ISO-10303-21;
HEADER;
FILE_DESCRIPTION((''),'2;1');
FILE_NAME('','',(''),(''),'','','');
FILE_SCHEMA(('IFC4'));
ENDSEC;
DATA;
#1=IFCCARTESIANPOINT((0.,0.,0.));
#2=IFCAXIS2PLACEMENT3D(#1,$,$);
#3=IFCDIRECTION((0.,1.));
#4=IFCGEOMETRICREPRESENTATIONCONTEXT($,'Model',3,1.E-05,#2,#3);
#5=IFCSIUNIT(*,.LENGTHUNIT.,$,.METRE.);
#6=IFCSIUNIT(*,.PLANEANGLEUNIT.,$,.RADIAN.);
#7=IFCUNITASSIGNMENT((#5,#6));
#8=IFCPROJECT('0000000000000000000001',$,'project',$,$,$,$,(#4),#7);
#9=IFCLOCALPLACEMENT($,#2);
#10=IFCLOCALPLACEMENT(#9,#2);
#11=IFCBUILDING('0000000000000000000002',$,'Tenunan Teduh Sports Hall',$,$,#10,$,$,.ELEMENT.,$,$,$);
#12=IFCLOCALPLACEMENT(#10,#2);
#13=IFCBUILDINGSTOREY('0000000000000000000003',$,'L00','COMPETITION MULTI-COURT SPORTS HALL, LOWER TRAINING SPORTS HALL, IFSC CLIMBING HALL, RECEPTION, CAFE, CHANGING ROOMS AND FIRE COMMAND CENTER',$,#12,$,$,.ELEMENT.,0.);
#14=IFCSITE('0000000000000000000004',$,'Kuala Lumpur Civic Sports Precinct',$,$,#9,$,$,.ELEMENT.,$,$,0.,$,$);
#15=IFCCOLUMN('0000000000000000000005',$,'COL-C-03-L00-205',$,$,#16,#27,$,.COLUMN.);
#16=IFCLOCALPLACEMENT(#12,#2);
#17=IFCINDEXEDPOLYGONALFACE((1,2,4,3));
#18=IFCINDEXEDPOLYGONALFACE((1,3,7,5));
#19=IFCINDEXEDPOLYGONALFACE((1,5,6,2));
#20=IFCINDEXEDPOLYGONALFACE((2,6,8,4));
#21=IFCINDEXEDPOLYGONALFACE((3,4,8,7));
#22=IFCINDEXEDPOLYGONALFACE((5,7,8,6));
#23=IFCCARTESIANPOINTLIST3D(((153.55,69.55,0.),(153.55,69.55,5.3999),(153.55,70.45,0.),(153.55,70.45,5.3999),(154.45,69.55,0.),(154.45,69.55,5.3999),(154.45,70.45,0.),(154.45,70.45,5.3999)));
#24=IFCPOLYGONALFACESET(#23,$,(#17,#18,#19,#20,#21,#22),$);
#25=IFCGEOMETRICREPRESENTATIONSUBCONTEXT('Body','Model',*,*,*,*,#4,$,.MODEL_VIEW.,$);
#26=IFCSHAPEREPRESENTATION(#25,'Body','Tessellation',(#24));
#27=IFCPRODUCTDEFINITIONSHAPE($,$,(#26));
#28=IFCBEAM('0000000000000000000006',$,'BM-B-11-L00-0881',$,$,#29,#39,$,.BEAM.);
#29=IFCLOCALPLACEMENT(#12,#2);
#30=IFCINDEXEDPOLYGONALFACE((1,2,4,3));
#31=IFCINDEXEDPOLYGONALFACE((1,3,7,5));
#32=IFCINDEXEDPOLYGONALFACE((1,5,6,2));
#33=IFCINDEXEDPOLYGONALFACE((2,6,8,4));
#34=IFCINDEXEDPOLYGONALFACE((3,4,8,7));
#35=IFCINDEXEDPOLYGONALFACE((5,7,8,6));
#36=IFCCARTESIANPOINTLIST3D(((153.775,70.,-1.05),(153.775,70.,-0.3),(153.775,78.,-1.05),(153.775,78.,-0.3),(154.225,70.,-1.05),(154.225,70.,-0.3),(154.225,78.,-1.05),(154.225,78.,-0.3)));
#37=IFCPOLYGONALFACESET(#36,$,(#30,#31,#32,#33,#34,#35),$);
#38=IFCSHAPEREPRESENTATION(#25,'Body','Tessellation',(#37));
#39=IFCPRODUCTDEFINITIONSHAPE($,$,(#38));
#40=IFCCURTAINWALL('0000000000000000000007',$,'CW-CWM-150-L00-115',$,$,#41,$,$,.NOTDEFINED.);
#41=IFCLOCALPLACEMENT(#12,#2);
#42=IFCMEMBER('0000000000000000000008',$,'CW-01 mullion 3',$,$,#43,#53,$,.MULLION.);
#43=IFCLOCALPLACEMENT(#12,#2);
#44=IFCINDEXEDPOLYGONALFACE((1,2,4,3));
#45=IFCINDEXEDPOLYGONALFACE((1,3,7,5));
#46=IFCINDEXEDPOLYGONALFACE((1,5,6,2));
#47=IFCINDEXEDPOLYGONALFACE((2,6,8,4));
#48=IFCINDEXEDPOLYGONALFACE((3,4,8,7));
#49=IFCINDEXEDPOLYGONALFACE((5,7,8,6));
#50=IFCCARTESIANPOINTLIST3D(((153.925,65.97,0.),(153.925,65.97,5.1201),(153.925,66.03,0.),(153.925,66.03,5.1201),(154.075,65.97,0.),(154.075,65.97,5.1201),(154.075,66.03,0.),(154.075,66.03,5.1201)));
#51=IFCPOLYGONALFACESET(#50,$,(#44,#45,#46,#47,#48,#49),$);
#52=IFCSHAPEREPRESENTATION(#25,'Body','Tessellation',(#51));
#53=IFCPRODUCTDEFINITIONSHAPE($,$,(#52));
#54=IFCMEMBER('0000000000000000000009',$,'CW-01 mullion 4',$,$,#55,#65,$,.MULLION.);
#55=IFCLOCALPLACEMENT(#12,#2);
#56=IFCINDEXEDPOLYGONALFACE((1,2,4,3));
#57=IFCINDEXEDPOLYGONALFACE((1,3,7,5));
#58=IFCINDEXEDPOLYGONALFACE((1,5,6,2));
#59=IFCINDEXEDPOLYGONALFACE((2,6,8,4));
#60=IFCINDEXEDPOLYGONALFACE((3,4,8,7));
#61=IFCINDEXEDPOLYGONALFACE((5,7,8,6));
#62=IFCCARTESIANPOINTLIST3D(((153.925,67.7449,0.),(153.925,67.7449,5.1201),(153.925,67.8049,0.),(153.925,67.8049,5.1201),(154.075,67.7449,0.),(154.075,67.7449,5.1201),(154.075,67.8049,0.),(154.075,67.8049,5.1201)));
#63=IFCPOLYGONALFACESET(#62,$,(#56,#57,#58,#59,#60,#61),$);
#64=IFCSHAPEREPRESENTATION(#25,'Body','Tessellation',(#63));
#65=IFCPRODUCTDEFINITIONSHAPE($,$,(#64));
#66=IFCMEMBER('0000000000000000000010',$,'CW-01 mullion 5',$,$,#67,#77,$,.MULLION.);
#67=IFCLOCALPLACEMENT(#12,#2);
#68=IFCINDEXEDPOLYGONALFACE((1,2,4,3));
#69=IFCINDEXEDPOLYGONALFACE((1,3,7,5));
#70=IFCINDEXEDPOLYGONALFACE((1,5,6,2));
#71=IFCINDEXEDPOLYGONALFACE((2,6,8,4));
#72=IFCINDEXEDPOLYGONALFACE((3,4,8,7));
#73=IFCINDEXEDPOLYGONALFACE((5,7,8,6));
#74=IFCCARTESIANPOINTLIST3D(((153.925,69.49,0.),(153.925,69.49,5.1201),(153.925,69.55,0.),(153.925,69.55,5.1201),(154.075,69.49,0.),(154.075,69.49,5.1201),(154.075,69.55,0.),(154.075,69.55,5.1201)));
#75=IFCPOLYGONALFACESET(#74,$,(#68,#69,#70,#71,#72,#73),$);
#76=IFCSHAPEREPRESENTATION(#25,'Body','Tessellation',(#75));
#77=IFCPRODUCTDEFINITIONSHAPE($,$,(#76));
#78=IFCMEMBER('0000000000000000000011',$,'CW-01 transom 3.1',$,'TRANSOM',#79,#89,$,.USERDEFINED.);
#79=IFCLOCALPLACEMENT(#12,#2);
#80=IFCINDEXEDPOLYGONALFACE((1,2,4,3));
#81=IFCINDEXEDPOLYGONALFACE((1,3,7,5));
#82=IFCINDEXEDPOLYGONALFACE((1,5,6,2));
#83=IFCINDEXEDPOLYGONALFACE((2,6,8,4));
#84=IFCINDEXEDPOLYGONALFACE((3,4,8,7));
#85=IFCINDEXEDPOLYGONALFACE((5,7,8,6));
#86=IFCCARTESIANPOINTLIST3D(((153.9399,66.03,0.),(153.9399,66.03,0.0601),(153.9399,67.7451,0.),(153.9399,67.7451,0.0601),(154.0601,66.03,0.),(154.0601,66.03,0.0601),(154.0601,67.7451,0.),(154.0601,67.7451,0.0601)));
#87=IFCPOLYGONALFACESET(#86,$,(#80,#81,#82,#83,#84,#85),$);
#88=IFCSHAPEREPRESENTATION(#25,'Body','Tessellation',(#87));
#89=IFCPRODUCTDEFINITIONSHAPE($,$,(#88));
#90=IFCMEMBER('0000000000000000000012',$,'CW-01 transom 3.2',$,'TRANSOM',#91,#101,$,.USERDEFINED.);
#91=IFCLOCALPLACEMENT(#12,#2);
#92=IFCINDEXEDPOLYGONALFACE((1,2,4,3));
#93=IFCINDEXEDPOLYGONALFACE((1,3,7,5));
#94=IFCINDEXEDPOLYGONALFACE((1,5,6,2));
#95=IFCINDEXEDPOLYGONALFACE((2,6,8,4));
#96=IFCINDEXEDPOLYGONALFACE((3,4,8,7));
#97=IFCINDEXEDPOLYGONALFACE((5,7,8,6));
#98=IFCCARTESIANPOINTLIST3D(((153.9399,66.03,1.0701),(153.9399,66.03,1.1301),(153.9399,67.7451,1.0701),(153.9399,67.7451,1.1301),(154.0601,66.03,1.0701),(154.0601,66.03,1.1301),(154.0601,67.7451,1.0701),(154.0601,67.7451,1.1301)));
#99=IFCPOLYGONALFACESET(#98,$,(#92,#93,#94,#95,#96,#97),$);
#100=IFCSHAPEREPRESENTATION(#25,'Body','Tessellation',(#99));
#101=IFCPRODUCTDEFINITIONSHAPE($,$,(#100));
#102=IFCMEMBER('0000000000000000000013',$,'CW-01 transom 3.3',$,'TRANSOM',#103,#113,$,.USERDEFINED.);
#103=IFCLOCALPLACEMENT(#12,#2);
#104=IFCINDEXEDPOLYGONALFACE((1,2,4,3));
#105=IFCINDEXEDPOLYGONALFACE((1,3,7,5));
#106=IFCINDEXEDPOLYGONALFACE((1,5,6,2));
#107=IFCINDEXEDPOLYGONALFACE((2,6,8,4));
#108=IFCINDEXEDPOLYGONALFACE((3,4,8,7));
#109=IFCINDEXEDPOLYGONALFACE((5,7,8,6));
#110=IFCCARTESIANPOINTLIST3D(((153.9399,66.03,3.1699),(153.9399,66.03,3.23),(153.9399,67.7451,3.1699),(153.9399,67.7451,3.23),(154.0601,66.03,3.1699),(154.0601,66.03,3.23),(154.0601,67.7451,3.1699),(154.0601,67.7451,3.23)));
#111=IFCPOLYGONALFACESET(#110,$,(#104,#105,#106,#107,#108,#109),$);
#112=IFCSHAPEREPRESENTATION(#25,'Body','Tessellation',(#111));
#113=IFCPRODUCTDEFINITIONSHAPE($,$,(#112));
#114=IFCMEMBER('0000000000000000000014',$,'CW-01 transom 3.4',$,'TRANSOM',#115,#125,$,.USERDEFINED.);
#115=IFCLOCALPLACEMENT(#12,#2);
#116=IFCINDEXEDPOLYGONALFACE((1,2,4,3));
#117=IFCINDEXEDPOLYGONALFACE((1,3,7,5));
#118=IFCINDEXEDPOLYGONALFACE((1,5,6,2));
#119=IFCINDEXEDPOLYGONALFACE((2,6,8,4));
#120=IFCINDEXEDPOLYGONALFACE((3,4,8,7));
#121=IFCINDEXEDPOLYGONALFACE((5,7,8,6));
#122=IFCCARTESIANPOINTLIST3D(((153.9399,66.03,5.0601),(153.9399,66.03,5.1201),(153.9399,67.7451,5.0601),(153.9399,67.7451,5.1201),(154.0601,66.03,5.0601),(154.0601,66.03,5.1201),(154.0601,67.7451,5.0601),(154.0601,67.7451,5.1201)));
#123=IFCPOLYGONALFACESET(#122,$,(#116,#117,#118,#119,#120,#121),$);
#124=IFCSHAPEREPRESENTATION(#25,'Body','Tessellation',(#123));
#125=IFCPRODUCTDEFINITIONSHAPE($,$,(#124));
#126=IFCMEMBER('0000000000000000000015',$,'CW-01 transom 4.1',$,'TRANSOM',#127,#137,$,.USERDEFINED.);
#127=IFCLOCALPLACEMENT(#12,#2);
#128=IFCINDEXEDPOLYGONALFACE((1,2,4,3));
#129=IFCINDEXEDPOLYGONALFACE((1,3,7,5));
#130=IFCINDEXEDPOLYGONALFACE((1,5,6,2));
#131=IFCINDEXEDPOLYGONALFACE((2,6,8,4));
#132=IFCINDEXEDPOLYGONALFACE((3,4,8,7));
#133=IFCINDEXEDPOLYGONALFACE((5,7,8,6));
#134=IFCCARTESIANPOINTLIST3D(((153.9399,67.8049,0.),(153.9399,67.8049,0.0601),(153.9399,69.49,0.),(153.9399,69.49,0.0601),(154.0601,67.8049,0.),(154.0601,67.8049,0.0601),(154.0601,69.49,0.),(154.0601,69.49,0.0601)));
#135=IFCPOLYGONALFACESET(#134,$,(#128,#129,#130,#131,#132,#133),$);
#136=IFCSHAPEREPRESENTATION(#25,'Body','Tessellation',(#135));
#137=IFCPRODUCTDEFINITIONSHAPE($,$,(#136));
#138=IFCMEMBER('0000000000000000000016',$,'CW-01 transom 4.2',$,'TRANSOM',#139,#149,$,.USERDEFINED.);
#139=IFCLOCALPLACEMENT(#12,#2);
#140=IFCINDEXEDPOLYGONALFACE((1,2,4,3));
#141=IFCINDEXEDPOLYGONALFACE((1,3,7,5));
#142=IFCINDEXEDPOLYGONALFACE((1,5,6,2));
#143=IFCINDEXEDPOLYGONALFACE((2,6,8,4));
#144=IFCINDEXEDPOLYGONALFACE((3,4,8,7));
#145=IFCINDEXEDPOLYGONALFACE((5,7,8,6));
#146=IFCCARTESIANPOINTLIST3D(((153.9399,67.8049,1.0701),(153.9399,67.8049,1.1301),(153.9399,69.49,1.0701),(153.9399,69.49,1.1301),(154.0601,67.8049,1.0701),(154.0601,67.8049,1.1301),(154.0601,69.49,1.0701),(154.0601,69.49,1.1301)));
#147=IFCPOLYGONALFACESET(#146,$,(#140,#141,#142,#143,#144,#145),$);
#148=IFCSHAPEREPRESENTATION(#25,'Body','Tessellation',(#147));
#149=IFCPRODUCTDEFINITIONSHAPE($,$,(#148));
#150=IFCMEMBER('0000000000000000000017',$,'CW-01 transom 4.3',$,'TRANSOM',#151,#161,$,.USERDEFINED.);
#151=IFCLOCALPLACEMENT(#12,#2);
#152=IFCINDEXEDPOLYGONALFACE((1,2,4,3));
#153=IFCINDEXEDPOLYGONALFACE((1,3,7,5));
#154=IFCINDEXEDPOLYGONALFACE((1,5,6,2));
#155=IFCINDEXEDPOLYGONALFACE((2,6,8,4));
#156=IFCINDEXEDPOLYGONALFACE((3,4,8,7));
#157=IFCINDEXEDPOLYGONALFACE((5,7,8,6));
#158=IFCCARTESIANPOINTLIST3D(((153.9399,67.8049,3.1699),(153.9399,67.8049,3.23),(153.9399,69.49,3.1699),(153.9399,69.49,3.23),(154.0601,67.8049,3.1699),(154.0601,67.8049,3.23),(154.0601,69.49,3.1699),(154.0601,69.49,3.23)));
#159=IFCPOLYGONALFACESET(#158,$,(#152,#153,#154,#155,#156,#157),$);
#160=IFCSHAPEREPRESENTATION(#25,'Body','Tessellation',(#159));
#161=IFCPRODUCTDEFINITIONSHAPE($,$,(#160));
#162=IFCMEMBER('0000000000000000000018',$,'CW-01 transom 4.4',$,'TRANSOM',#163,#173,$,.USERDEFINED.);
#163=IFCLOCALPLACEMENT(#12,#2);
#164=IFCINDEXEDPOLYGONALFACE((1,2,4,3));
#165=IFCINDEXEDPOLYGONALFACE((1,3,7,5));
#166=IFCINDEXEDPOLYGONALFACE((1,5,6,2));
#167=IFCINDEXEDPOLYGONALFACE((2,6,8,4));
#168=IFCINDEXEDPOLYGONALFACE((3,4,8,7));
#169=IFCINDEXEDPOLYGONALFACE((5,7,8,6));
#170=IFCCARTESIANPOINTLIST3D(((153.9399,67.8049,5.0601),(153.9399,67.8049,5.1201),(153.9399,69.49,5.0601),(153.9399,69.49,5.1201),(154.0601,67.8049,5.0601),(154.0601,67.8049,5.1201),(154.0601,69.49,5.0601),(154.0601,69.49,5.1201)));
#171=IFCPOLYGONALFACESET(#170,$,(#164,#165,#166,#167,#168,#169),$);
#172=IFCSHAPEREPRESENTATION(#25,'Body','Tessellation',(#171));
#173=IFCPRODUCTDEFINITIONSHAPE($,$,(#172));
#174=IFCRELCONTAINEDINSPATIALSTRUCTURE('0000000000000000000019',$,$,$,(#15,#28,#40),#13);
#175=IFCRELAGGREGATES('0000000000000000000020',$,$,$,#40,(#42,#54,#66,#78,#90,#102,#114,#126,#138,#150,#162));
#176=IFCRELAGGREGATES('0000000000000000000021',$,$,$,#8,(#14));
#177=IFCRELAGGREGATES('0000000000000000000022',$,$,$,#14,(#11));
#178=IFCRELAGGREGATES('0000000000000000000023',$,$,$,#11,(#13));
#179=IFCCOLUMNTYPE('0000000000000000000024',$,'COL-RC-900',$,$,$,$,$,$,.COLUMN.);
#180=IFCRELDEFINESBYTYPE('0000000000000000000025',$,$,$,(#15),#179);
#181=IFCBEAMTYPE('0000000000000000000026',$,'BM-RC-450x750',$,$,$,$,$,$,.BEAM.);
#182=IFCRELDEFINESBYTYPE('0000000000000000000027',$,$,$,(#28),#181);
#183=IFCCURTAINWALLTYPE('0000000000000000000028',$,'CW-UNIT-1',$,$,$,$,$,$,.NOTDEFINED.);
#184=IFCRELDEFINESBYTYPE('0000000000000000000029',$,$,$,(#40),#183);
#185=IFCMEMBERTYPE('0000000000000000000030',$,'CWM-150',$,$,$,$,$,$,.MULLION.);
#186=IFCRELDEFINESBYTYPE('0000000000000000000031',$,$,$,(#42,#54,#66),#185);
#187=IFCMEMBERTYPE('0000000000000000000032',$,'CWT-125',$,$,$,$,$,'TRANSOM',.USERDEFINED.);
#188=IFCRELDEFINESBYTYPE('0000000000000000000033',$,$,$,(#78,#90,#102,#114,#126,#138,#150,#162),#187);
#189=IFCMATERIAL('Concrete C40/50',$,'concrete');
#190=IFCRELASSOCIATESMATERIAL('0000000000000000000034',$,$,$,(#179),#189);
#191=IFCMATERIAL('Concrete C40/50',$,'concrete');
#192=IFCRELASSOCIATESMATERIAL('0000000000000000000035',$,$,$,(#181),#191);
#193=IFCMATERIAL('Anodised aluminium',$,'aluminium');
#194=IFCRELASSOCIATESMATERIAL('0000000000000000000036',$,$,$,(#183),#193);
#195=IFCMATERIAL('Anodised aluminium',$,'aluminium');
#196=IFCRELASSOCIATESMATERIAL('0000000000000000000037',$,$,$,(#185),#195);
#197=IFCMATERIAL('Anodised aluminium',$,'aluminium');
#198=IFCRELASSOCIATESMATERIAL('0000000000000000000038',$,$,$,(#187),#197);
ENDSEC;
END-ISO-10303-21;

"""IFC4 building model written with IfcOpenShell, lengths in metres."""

from ifc_helpers import new_model, si_unit, direction, frame, origin, origin_2d, place, context, subcontext, project, spatial, rectangle, extrude, material, material_profile, profile_set, type_object, element, aggregate, save


model = new_model("IFC4")

# Units and contexts
model_context = context("Model", 3, precision=1e-05, world=origin(), true_north=direction((0.0, 1.0)))
body_context = subcontext(model_context, "Body", "Model", "MODEL_VIEW")
ifc_project = project(units=[si_unit("LENGTHUNIT", "METRE"), si_unit("PLANEANGLEUNIT", "RADIAN")], contexts=[model_context])

# Site, building, storey
site_placement = place(None, origin())
site = spatial("IfcSite", under=ifc_project, at=site_placement, Name="Kuala Lumpur Civic Sports Precinct", CompositionType="ELEMENT", RefElevation=0.0)
building_placement = place(site_placement, origin())
building = spatial("IfcBuilding", under=site, at=building_placement, Name="Tenunan Teduh Sports Hall", CompositionType="ELEMENT")
storey_placement = place(building_placement, origin())
storey = spatial("IfcBuildingStorey", under=building, at=storey_placement, Name="L00", Description="COMPETITION MULTI-COURT SPORTS HALL, LOWER TRAINING SPORTS HALL, IFSC CLIMBING HALL, RECEPTION, CAFE, CHANGING ROOMS AND FIRE COMMAND CENTER", CompositionType="ELEMENT", Elevation=0.0)

# Column
ifc_material_1 = material(Name="Concrete C40/50", Category="concrete")
ifc_material_profile_1 = material_profile(ifc_material_1, rectangle(XDim=0.8999, YDim=0.8999, at=origin_2d()), Name="RC 900x900")
ifc_profile_set_1 = profile_set([ifc_material_profile_1], Name="Concrete C40/50")
column_type = type_object("IfcColumnType", Name="COL-RC-900", PredefinedType="COLUMN", material=ifc_profile_set_1)
column_placement = place(storey_placement, frame((154.0, 70.0, 0.0), z_axis=(0.0, 0.0, 1.0), x_axis=(1.0, 0.0, 0.0)))
element("IfcColumn", 1, at=column_placement, inside=storey, type_object=column_type, Name="COL-C-03-L00-205", PredefinedType="COLUMN", context=body_context, shape_type="SweptSolid", body=[
    extrude(rectangle(XDim=0.8999, YDim=0.8999, at=origin_2d()), origin(), (0.0, 0.0, 1.0), 5.3999),
])

# Beam
ifc_material_2 = material(Name="Concrete C40/50", Category="concrete")
ifc_material_profile_2 = material_profile(ifc_material_2, rectangle(XDim=0.45, YDim=0.75, at=origin_2d()), Name="RCB 450x750")
ifc_profile_set_2 = profile_set([ifc_material_profile_2], Name="Concrete C40/50")
beam_type = type_object("IfcBeamType", Name="BM-RC-450x750", PredefinedType="BEAM", material=ifc_profile_set_2)
beam_placement = place(storey_placement, frame((154.0, 70.0, -0.675), z_axis=(0.0, 1.0, 0.0), x_axis=(-1.0, 0.0, 0.0)))
element("IfcBeam", 2, at=beam_placement, inside=storey, type_object=beam_type, Name="BM-B-11-L00-0881", PredefinedType="BEAM", context=body_context, shape_type="SweptSolid", body=[
    extrude(rectangle(XDim=0.45, YDim=0.75, at=origin_2d()), origin(), (0.0, 0.0, 1.0), 8.0),
])

# Curtain wall, members
ifc_material_3 = material(Name="Anodised aluminium", Category="aluminium")
curtain_wall_type = type_object("IfcCurtainWallType", Name="CW-UNIT-1", PredefinedType="NOTDEFINED", material=ifc_material_3)
curtain_wall_placement = place(storey_placement, origin())
curtain_wall = element("IfcCurtainWall", 3, at=curtain_wall_placement, inside=storey, type_object=curtain_wall_type, Name="CW-CWM-150-L00-115", PredefinedType="NOTDEFINED")
ifc_material_4 = material(Name="Anodised aluminium", Category="aluminium")
ifc_material_profile_3 = material_profile(ifc_material_4, rectangle(XDim=0.0601, YDim=0.1499, at=origin_2d()), Name="CWM 60x150")
ifc_profile_set_3 = profile_set([ifc_material_profile_3], Name="Anodised aluminium")
member_type_1 = type_object("IfcMemberType", Name="CWM-150", PredefinedType="MULLION", material=ifc_profile_set_3)
member_1_placement = place(storey_placement, frame((154.0, 66.0, 0.0), z_axis=(0.0, 0.0, 1.0), x_axis=(0.0, 1.0, 0.0)))
member_1 = element("IfcMember", 4, at=member_1_placement, type_object=member_type_1, Name="CW-01 mullion 3", PredefinedType="MULLION", context=body_context, shape_type="SweptSolid", body=[
    extrude(rectangle(XDim=0.0601, YDim=0.1499, at=origin_2d()), origin(), (0.0, 0.0, 1.0), 5.1201),
])
member_2_placement = place(storey_placement, frame((154.0, 67.7749, 0.0), z_axis=(0.0, 0.0, 1.0), x_axis=(0.0, 1.0, 0.0)))
member_2 = element("IfcMember", 5, at=member_2_placement, type_object=member_type_1, Name="CW-01 mullion 4", PredefinedType="MULLION", context=body_context, shape_type="SweptSolid", body=[
    extrude(rectangle(XDim=0.0601, YDim=0.1499, at=origin_2d()), origin(), (0.0, 0.0, 1.0), 5.1201),
])
member_3_placement = place(storey_placement, frame((154.0, 69.52, 0.0), z_axis=(0.0, 0.0, 1.0), x_axis=(0.0, 1.0, 0.0)))
member_3 = element("IfcMember", 6, at=member_3_placement, type_object=member_type_1, Name="CW-01 mullion 5", PredefinedType="MULLION", context=body_context, shape_type="SweptSolid", body=[
    extrude(rectangle(XDim=0.0601, YDim=0.1499, at=origin_2d()), origin(), (0.0, 0.0, 1.0), 5.1201),
])
ifc_material_5 = material(Name="Anodised aluminium", Category="aluminium")
ifc_material_profile_4 = material_profile(ifc_material_5, rectangle(XDim=0.0601, YDim=0.1201, at=origin_2d()), Name="CWT 60x120")
ifc_profile_set_4 = profile_set([ifc_material_profile_4], Name="Anodised aluminium")
member_type_2 = type_object("IfcMemberType", Name="CWT-125", ElementType="TRANSOM", PredefinedType="USERDEFINED", material=ifc_profile_set_4)
member_4_placement = place(storey_placement, frame((154.0, 66.03, 0.03), z_axis=(0.0, 1.0, 0.0), x_axis=(0.0, 0.0, 1.0)))
member_4 = element("IfcMember", 7, at=member_4_placement, type_object=member_type_2, Name="CW-01 transom 3.1", ObjectType="TRANSOM", PredefinedType="USERDEFINED", context=body_context, shape_type="SweptSolid", body=[
    extrude(rectangle(XDim=0.0601, YDim=0.1201, at=origin_2d()), origin(), (0.0, 0.0, 1.0), 1.7151),
])
member_5_placement = place(storey_placement, frame((154.0, 66.03, 1.1001), z_axis=(0.0, 1.0, 0.0), x_axis=(0.0, 0.0, 1.0)))
member_5 = element("IfcMember", 8, at=member_5_placement, type_object=member_type_2, Name="CW-01 transom 3.2", ObjectType="TRANSOM", PredefinedType="USERDEFINED", context=body_context, shape_type="SweptSolid", body=[
    extrude(rectangle(XDim=0.0601, YDim=0.1201, at=origin_2d()), origin(), (0.0, 0.0, 1.0), 1.7151),
])
member_6_placement = place(storey_placement, frame((154.0, 66.03, 3.2), z_axis=(0.0, 1.0, 0.0), x_axis=(0.0, 0.0, 1.0)))
member_6 = element("IfcMember", 9, at=member_6_placement, type_object=member_type_2, Name="CW-01 transom 3.3", ObjectType="TRANSOM", PredefinedType="USERDEFINED", context=body_context, shape_type="SweptSolid", body=[
    extrude(rectangle(XDim=0.0601, YDim=0.1201, at=origin_2d()), origin(), (0.0, 0.0, 1.0), 1.7151),
])
member_7_placement = place(storey_placement, frame((154.0, 66.03, 5.0901), z_axis=(0.0, 1.0, 0.0), x_axis=(0.0, 0.0, 1.0)))
member_7 = element("IfcMember", 10, at=member_7_placement, type_object=member_type_2, Name="CW-01 transom 3.4", ObjectType="TRANSOM", PredefinedType="USERDEFINED", context=body_context, shape_type="SweptSolid", body=[
    extrude(rectangle(XDim=0.0601, YDim=0.1201, at=origin_2d()), origin(), (0.0, 0.0, 1.0), 1.7151),
])
member_8_placement = place(storey_placement, frame((154.0, 67.8049, 0.03), z_axis=(0.0, 1.0, 0.0), x_axis=(0.0, 0.0, 1.0)))
member_8 = element("IfcMember", 11, at=member_8_placement, type_object=member_type_2, Name="CW-01 transom 4.1", ObjectType="TRANSOM", PredefinedType="USERDEFINED", context=body_context, shape_type="SweptSolid", body=[
    extrude(rectangle(XDim=0.0601, YDim=0.1201, at=origin_2d()), origin(), (0.0, 0.0, 1.0), 1.6851),
])
member_9_placement = place(storey_placement, frame((154.0, 67.8049, 1.1001), z_axis=(0.0, 1.0, 0.0), x_axis=(0.0, 0.0, 1.0)))
member_9 = element("IfcMember", 12, at=member_9_placement, type_object=member_type_2, Name="CW-01 transom 4.2", ObjectType="TRANSOM", PredefinedType="USERDEFINED", context=body_context, shape_type="SweptSolid", body=[
    extrude(rectangle(XDim=0.0601, YDim=0.1201, at=origin_2d()), origin(), (0.0, 0.0, 1.0), 1.6851),
])
member_10_placement = place(storey_placement, frame((154.0, 67.8049, 3.2), z_axis=(0.0, 1.0, 0.0), x_axis=(0.0, 0.0, 1.0)))
member_10 = element("IfcMember", 13, at=member_10_placement, type_object=member_type_2, Name="CW-01 transom 4.3", ObjectType="TRANSOM", PredefinedType="USERDEFINED", context=body_context, shape_type="SweptSolid", body=[
    extrude(rectangle(XDim=0.0601, YDim=0.1201, at=origin_2d()), origin(), (0.0, 0.0, 1.0), 1.6851),
])
member_11_placement = place(storey_placement, frame((154.0, 67.8049, 5.0901), z_axis=(0.0, 1.0, 0.0), x_axis=(0.0, 0.0, 1.0)))
member_11 = element("IfcMember", 14, at=member_11_placement, type_object=member_type_2, Name="CW-01 transom 4.4", ObjectType="TRANSOM", PredefinedType="USERDEFINED", context=body_context, shape_type="SweptSolid", body=[
    extrude(rectangle(XDim=0.0601, YDim=0.1201, at=origin_2d()), origin(), (0.0, 0.0, 1.0), 1.6851),
])

aggregate(curtain_wall, [member_1, member_2, member_3, member_4, member_5, member_6, member_7, member_8, member_9, member_10, member_11])

save(model, "model.ifc")
